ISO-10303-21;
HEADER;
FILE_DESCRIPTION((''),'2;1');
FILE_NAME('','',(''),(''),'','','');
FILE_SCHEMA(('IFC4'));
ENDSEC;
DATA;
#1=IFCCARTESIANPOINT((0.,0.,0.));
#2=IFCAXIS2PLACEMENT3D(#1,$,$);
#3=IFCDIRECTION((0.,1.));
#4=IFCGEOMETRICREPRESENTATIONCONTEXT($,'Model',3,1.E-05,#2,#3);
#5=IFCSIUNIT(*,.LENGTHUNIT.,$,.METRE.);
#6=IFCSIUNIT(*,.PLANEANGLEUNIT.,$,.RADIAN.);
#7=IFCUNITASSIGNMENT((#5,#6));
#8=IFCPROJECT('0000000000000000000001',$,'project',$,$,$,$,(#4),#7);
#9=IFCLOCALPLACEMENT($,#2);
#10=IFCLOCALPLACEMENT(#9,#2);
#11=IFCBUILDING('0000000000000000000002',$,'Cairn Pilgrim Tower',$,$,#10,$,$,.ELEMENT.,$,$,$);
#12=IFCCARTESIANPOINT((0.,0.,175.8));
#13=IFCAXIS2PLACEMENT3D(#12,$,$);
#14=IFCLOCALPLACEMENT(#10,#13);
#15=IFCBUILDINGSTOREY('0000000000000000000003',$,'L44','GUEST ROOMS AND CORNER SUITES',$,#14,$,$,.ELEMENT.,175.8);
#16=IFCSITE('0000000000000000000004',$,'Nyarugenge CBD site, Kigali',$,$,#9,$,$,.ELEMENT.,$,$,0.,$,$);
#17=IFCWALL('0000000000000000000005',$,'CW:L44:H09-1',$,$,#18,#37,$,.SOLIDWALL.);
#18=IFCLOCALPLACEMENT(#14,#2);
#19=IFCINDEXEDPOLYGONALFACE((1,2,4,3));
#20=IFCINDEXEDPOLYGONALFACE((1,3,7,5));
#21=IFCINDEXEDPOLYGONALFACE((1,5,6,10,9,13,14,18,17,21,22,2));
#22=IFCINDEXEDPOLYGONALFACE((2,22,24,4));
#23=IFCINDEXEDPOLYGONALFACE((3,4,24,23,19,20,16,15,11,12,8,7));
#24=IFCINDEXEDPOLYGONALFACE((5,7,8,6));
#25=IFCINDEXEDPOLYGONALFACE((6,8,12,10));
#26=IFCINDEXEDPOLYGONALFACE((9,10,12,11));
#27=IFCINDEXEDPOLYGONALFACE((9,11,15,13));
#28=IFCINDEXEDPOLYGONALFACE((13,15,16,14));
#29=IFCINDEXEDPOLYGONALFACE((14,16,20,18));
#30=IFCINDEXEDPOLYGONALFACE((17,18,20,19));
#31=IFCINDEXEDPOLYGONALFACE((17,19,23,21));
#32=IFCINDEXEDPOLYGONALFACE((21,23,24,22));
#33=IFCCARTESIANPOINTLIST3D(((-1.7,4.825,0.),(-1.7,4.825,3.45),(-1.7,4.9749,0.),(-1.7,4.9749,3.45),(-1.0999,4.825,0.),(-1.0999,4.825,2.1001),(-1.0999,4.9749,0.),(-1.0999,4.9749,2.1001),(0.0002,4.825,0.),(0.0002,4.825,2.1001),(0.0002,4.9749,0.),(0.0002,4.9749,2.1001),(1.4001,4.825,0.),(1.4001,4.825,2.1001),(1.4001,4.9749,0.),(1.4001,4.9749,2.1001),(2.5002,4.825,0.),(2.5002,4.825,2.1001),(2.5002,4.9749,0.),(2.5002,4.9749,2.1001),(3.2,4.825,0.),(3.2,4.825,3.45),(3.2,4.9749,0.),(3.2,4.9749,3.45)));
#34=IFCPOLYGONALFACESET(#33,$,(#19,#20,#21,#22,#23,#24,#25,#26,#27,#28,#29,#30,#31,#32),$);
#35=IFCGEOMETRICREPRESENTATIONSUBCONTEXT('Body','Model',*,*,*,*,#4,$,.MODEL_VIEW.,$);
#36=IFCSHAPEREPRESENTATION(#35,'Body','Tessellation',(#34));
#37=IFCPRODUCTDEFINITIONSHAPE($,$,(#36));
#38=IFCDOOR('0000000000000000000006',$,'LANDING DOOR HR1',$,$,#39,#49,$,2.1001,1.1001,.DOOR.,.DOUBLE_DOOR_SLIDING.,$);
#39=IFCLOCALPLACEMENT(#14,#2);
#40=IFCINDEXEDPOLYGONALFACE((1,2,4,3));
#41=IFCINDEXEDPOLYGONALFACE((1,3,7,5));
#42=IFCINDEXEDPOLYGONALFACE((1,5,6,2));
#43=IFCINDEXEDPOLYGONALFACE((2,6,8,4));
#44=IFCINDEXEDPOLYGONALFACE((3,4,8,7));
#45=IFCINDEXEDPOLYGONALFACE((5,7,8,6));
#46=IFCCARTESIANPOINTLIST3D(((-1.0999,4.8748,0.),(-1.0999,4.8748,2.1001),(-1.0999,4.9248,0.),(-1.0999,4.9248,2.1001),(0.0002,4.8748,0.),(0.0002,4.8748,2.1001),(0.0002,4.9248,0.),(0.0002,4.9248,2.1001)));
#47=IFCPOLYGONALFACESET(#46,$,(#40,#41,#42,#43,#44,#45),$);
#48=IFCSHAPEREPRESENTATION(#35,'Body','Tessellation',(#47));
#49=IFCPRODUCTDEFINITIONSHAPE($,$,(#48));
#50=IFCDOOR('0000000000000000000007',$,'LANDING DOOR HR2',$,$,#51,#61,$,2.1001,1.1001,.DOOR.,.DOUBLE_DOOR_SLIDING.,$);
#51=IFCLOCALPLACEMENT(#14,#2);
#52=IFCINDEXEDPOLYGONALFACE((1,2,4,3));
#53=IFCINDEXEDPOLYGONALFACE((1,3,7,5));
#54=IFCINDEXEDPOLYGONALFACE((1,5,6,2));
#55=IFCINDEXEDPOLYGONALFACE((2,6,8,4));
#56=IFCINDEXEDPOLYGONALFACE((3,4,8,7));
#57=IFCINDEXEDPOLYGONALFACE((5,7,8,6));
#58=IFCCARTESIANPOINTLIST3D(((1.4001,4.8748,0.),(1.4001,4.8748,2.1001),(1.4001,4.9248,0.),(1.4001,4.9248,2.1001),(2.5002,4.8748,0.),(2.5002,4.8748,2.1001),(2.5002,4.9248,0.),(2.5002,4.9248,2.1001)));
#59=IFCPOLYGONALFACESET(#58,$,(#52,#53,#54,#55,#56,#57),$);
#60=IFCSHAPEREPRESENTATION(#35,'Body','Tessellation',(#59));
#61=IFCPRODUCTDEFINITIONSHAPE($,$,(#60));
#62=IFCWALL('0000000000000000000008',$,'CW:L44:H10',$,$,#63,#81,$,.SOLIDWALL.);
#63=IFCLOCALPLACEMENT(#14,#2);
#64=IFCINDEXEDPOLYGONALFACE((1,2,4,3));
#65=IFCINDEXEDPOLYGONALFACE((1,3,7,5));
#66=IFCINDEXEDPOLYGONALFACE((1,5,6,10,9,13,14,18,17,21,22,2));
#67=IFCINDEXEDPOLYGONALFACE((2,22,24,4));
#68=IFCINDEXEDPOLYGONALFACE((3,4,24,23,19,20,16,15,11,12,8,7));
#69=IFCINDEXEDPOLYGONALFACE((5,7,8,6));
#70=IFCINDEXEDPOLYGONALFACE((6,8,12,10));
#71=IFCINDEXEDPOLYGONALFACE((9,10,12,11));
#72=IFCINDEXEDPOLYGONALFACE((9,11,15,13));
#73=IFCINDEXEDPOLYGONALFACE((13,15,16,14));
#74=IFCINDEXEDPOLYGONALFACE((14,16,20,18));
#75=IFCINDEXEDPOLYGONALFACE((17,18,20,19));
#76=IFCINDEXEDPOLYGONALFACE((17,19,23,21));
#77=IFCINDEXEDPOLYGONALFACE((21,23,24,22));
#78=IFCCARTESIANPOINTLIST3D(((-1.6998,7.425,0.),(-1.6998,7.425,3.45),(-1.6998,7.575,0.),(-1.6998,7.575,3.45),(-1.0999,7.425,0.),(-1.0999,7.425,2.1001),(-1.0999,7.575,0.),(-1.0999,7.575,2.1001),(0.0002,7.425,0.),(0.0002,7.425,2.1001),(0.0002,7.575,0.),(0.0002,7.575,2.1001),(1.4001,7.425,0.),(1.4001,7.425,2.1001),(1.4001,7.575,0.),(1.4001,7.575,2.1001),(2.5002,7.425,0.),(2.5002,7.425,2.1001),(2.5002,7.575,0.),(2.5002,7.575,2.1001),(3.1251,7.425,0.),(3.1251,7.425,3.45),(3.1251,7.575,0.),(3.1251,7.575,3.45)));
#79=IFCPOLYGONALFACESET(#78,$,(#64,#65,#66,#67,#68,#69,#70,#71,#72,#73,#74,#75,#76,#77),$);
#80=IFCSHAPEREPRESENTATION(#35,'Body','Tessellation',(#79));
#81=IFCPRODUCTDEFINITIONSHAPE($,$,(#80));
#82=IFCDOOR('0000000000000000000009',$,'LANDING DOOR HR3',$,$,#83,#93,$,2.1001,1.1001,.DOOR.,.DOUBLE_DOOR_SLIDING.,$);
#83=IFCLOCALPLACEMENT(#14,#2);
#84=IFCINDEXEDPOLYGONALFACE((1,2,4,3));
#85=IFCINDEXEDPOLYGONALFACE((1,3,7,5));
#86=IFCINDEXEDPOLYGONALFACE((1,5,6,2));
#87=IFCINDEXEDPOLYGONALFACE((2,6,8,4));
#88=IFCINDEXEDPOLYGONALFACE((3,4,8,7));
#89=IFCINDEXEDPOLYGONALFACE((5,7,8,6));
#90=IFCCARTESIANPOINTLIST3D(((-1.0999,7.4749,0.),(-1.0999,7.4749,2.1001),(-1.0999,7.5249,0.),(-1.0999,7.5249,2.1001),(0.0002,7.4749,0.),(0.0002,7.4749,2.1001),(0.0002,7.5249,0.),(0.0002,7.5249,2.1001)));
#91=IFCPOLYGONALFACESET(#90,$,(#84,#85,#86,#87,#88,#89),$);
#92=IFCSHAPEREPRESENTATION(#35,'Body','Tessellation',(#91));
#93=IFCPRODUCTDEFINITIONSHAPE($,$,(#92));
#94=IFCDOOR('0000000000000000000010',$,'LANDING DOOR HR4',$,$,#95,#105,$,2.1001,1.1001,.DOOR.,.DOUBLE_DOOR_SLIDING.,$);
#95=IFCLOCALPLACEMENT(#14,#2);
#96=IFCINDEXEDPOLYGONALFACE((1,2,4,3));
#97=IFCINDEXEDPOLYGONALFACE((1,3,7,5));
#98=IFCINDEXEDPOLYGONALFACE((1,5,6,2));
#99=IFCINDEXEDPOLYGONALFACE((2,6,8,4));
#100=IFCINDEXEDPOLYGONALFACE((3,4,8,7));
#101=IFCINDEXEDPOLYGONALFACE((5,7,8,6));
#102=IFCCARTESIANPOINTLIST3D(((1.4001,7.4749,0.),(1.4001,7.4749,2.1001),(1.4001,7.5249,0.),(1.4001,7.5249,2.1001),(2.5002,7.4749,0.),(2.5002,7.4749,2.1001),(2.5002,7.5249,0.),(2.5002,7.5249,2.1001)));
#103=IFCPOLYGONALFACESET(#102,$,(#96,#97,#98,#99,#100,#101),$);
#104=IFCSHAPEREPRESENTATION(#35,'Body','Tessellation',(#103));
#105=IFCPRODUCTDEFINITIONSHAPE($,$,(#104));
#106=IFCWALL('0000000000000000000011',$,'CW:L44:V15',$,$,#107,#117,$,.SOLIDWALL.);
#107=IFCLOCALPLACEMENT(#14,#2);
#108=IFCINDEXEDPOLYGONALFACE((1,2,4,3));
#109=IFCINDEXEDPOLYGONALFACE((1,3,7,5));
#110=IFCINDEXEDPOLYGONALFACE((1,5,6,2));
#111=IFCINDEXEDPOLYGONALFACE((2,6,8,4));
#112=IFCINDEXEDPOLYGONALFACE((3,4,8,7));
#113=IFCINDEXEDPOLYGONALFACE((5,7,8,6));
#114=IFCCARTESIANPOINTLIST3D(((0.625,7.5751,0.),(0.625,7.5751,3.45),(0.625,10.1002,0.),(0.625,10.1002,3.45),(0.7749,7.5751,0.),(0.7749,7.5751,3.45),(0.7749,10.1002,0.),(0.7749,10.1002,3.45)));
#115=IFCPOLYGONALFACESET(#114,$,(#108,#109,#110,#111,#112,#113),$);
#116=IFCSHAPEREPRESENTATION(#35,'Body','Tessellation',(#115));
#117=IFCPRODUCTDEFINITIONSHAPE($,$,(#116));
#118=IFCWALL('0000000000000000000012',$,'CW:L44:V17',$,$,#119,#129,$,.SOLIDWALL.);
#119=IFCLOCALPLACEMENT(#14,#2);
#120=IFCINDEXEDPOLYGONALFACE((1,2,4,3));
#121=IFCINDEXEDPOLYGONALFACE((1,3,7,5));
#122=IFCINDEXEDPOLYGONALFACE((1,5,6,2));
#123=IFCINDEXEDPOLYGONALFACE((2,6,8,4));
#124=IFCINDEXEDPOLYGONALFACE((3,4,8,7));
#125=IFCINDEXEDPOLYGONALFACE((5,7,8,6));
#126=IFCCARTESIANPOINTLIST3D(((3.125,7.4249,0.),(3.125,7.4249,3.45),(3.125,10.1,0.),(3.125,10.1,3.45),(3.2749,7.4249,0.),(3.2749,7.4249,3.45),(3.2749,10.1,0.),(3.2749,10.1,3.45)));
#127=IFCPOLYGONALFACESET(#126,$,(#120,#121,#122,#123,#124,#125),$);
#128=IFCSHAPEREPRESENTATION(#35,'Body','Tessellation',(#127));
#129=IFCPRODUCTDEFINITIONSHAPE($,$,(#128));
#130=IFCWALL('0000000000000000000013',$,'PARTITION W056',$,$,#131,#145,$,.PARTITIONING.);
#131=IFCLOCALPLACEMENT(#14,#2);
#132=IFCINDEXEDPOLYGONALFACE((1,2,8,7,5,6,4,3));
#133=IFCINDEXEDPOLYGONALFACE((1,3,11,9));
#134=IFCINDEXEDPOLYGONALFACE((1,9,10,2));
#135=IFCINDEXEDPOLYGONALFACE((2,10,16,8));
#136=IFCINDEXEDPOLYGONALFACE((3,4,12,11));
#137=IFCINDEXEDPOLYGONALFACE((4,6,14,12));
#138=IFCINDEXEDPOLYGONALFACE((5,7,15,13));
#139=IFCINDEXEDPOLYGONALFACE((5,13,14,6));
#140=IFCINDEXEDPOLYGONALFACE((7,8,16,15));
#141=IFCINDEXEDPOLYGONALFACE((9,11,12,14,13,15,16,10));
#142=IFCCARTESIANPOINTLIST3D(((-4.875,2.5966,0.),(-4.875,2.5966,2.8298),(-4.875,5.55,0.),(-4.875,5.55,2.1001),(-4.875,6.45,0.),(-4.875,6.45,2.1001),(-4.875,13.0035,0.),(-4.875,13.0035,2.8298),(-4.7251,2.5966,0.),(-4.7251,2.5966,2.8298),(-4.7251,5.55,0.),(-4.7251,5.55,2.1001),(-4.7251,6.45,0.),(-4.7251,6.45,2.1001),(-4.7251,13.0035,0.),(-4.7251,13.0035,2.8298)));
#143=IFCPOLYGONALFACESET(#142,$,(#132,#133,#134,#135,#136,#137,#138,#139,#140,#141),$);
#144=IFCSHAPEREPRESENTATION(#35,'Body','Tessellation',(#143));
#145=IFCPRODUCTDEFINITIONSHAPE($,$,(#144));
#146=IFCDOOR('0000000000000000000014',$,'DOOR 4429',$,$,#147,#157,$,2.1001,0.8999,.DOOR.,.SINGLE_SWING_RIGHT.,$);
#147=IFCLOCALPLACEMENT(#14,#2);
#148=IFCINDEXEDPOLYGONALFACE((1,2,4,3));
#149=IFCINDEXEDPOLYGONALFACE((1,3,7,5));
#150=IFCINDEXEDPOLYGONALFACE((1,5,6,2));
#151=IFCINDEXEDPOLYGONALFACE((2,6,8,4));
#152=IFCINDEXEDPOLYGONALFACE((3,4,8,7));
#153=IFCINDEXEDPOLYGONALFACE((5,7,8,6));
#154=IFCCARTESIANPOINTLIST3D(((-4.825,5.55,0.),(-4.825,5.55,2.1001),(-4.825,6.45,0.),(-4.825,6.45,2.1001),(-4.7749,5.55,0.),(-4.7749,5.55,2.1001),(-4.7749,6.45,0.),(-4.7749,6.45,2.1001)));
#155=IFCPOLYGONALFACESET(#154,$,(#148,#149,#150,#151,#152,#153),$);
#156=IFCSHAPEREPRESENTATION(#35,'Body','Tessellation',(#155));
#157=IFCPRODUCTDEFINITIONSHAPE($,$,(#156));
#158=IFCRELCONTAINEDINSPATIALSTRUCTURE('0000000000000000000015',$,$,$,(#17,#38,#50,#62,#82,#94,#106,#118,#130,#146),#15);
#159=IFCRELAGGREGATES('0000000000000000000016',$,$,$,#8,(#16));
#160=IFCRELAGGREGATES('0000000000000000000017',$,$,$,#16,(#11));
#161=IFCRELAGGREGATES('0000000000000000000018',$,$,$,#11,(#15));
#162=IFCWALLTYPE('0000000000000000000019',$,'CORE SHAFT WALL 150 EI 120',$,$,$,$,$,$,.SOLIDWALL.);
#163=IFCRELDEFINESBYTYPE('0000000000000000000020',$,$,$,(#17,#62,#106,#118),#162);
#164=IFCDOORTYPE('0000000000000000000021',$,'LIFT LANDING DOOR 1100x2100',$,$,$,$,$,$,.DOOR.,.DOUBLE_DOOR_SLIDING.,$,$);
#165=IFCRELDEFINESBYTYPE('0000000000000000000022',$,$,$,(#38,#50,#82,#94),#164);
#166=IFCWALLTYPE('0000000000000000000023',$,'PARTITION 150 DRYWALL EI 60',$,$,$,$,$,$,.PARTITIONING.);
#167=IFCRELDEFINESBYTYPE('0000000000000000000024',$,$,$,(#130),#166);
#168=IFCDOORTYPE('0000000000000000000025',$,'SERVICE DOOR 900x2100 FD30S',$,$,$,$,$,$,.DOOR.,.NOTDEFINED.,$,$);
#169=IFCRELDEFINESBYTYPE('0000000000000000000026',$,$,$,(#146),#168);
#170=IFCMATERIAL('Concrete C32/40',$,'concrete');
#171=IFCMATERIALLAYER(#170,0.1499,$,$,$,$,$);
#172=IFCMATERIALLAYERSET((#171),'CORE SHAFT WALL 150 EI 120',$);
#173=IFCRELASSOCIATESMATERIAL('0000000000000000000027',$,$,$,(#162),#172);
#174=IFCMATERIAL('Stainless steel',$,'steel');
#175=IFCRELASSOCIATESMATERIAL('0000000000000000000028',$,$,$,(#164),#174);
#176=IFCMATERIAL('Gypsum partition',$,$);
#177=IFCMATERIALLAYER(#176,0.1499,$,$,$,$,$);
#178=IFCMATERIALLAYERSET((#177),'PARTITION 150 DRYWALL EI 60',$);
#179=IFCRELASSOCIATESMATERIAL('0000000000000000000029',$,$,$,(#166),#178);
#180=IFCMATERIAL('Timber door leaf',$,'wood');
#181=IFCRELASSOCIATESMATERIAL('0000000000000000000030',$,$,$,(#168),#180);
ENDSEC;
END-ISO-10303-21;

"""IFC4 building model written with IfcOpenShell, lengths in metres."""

from ifc_helpers import new_model, si_unit, direction, frame, frame_2d, origin, place, context, subcontext, project, spatial, rectangle, extrude, material, layer, layer_set, type_object, element, fill, save


model = new_model("IFC4")

# Units and contexts
model_context = context("Model", 3, precision=1e-05, world=origin(), true_north=direction((0.0, 1.0)))
body_context = subcontext(model_context, "Body", "Model", "MODEL_VIEW")
ifc_project = project(units=[si_unit("LENGTHUNIT", "METRE"), si_unit("PLANEANGLEUNIT", "RADIAN")], contexts=[model_context])

# Site, building, storey
site_placement = place(None, origin())
site = spatial("IfcSite", under=ifc_project, at=site_placement, Name="Nyarugenge CBD site, Kigali", CompositionType="ELEMENT", RefElevation=0.0)
building_placement = place(site_placement, origin())
building = spatial("IfcBuilding", under=site, at=building_placement, Name="Cairn Pilgrim Tower", CompositionType="ELEMENT")
storey_placement = place(building_placement, frame((0.0, 0.0, 175.8)))
storey = spatial("IfcBuildingStorey", under=building, at=storey_placement, Name="L44", Description="GUEST ROOMS AND CORNER SUITES", CompositionType="ELEMENT", Elevation=175.8)

# Shared definitions
ifc_material_1 = material(Name="Concrete C32/40", Category="concrete")

# Walls, openings, doors
ifc_layer_1 = layer(ifc_material_1, 0.1499)
ifc_layer_set_1 = layer_set([ifc_layer_1], Name="CORE SHAFT WALL 150 EI 120")
wall_type_1 = type_object("IfcWallType", Name="CORE SHAFT WALL 150 EI 120", PredefinedType="SOLIDWALL", material=ifc_layer_set_1)
wall_1_placement = place(storey_placement, frame((-1.7, 4.8999, 0.0), z_axis=(0.0, 0.0, 1.0), x_axis=(1.0, 0.0, 0.0)))
wall_1 = element("IfcWall", 1, at=wall_1_placement, inside=storey, type_object=wall_type_1, Name="CW:L44:H09-1", PredefinedType="SOLIDWALL", context=body_context, shape_type="SweptSolid", body=[
    extrude(rectangle(XDim=4.8999, YDim=0.1499, at=frame_2d((2.45, 0.0))), origin(), (0.0, 0.0, 1.0), 3.45),
])
opening_1_placement = place(wall_1_placement, frame((0.6001, 0.0, 0.0)))
opening_1 = element("IfcOpeningElement", 2, at=opening_1_placement, cuts=wall_1, PredefinedType="OPENING", context=body_context, shape_type="SweptSolid", body=[
    extrude(rectangle(XDim=1.1001, YDim=2.1001, at=frame_2d((0.55, 1.05))), frame((0.0, 0.085, 0.0), z_axis=(0.0, -1.0, 0.0), x_axis=(1.0, 0.0, 0.0)), (0.0, 0.0, 1.0), 0.1699),
])
opening_2_placement = place(wall_1_placement, frame((3.1001, 0.0, 0.0)))
opening_2 = element("IfcOpeningElement", 3, at=opening_2_placement, cuts=wall_1, PredefinedType="OPENING", context=body_context, shape_type="SweptSolid", body=[
    extrude(rectangle(XDim=1.1001, YDim=2.1001, at=frame_2d((0.55, 1.05))), frame((0.0, 0.085, 0.0), z_axis=(0.0, -1.0, 0.0), x_axis=(1.0, 0.0, 0.0)), (0.0, 0.0, 1.0), 0.1699),
])
ifc_material_2 = material(Name="Stainless steel", Category="steel")
door_type_1 = type_object("IfcDoorType", Name="LIFT LANDING DOOR 1100x2100", OperationType="DOUBLE_DOOR_SLIDING", PredefinedType="DOOR", material=ifc_material_2)
door_1_placement = place(opening_1_placement, origin())
door_1 = element("IfcDoor", 4, at=door_1_placement, inside=storey, type_object=door_type_1, Name="LANDING DOOR HR1", OperationType="DOUBLE_DOOR_SLIDING", OverallHeight=2.1001, OverallWidth=1.1001, PredefinedType="DOOR", context=body_context, shape_type="SweptSolid", body=[
    extrude(rectangle(XDim=1.1001, YDim=2.1001, at=frame_2d((0.55, 1.05))), frame((0.0, 0.0249, 0.0), z_axis=(0.0, -1.0, 0.0), x_axis=(1.0, 0.0, 0.0)), (0.0, 0.0, 1.0), 0.05),
])
fill(opening_1, door_1)
door_2_placement = place(opening_2_placement, origin())
door_2 = element("IfcDoor", 5, at=door_2_placement, inside=storey, type_object=door_type_1, Name="LANDING DOOR HR2", OperationType="DOUBLE_DOOR_SLIDING", OverallHeight=2.1001, OverallWidth=1.1001, PredefinedType="DOOR", context=body_context, shape_type="SweptSolid", body=[
    extrude(rectangle(XDim=1.1001, YDim=2.1001, at=frame_2d((0.55, 1.05))), frame((0.0, 0.0249, 0.0), z_axis=(0.0, -1.0, 0.0), x_axis=(1.0, 0.0, 0.0)), (0.0, 0.0, 1.0), 0.05),
])
fill(opening_2, door_2)
wall_2_placement = place(storey_placement, frame((-1.7, 7.5, 0.0), z_axis=(0.0, 0.0, 1.0), x_axis=(1.0, 0.0, 0.0)))
wall_2 = element("IfcWall", 6, at=wall_2_placement, inside=storey, type_object=wall_type_1, Name="CW:L44:H10", PredefinedType="SOLIDWALL", context=body_context, shape_type="SweptSolid", body=[
    extrude(rectangle(XDim=4.825, YDim=0.1499, at=frame_2d((2.4126, 0.0))), origin(), (0.0, 0.0, 1.0), 3.45),
])
opening_3_placement = place(wall_2_placement, frame((0.6001, 0.0, 0.0)))
opening_3 = element("IfcOpeningElement", 7, at=opening_3_placement, cuts=wall_2, PredefinedType="OPENING", context=body_context, shape_type="SweptSolid", body=[
    extrude(rectangle(XDim=1.1001, YDim=2.1001, at=frame_2d((0.55, 1.05))), frame((0.0, 0.085, 0.0), z_axis=(0.0, -1.0, 0.0), x_axis=(1.0, 0.0, 0.0)), (0.0, 0.0, 1.0), 0.1699),
])
opening_4_placement = place(wall_2_placement, frame((3.1001, 0.0, 0.0)))
opening_4 = element("IfcOpeningElement", 8, at=opening_4_placement, cuts=wall_2, PredefinedType="OPENING", context=body_context, shape_type="SweptSolid", body=[
    extrude(rectangle(XDim=1.1001, YDim=2.1001, at=frame_2d((0.55, 1.05))), frame((0.0, 0.085, 0.0), z_axis=(0.0, -1.0, 0.0), x_axis=(1.0, 0.0, 0.0)), (0.0, 0.0, 1.0), 0.1699),
])
door_3_placement = place(opening_3_placement, origin())
door_3 = element("IfcDoor", 9, at=door_3_placement, inside=storey, type_object=door_type_1, Name="LANDING DOOR HR3", OperationType="DOUBLE_DOOR_SLIDING", OverallHeight=2.1001, OverallWidth=1.1001, PredefinedType="DOOR", context=body_context, shape_type="SweptSolid", body=[
    extrude(rectangle(XDim=1.1001, YDim=2.1001, at=frame_2d((0.55, 1.05))), frame((0.0, 0.0249, 0.0), z_axis=(0.0, -1.0, 0.0), x_axis=(1.0, 0.0, 0.0)), (0.0, 0.0, 1.0), 0.05),
])
fill(opening_3, door_3)
door_4_placement = place(opening_4_placement, origin())
door_4 = element("IfcDoor", 10, at=door_4_placement, inside=storey, type_object=door_type_1, Name="LANDING DOOR HR4", OperationType="DOUBLE_DOOR_SLIDING", OverallHeight=2.1001, OverallWidth=1.1001, PredefinedType="DOOR", context=body_context, shape_type="SweptSolid", body=[
    extrude(rectangle(XDim=1.1001, YDim=2.1001, at=frame_2d((0.55, 1.05))), frame((0.0, 0.0249, 0.0), z_axis=(0.0, -1.0, 0.0), x_axis=(1.0, 0.0, 0.0)), (0.0, 0.0, 1.0), 0.05),
])
fill(opening_4, door_4)

# Walls
wall_3_placement = place(storey_placement, frame((0.7, 7.575, 0.0), z_axis=(0.0, 0.0, 1.0), x_axis=(0.0, 1.0, 0.0)))
element("IfcWall", 11, at=wall_3_placement, inside=storey, type_object=wall_type_1, Name="CW:L44:V15", PredefinedType="SOLIDWALL", context=body_context, shape_type="SweptSolid", body=[
    extrude(rectangle(XDim=2.5251, YDim=0.1499, at=frame_2d((1.2627, 0.0))), origin(), (0.0, 0.0, 1.0), 3.45),
])
wall_4_placement = place(storey_placement, frame((3.2, 7.425, 0.0), z_axis=(0.0, 0.0, 1.0), x_axis=(0.0, 1.0, 0.0)))
element("IfcWall", 12, at=wall_4_placement, inside=storey, type_object=wall_type_1, Name="CW:L44:V17", PredefinedType="SOLIDWALL", context=body_context, shape_type="SweptSolid", body=[
    extrude(rectangle(XDim=2.675, YDim=0.1499, at=frame_2d((1.3374, 0.0))), origin(), (0.0, 0.0, 1.0), 3.45),
])

# Wall, opening, door
ifc_material_3 = material(Name="Gypsum partition")
ifc_layer_2 = layer(ifc_material_3, 0.1499)
ifc_layer_set_2 = layer_set([ifc_layer_2], Name="PARTITION 150 DRYWALL EI 60")
wall_type_2 = type_object("IfcWallType", Name="PARTITION 150 DRYWALL EI 60", PredefinedType="PARTITIONING", material=ifc_layer_set_2)
wall_5_placement = place(storey_placement, frame((-4.8, 2.5964, 0.0), z_axis=(0.0, 0.0, 1.0), x_axis=(0.0, 1.0, 0.0)))
wall_5 = element("IfcWall", 13, at=wall_5_placement, inside=storey, type_object=wall_type_2, Name="PARTITION W056", PredefinedType="PARTITIONING", context=body_context, shape_type="SweptSolid", body=[
    extrude(rectangle(XDim=10.407, YDim=0.1499, at=frame_2d((5.2036, 0.0))), origin(), (0.0, 0.0, 1.0), 2.8298),
])
opening_5_placement = place(wall_5_placement, frame((2.9536, 0.0, 0.0)))
opening_5 = element("IfcOpeningElement", 14, at=opening_5_placement, cuts=wall_5, PredefinedType="OPENING", context=body_context, shape_type="SweptSolid", body=[
    extrude(rectangle(XDim=0.8999, YDim=2.1001, at=frame_2d((0.45, 1.05))), frame((0.0, 0.085, 0.0), z_axis=(0.0, -1.0, 0.0), x_axis=(1.0, 0.0, 0.0)), (0.0, 0.0, 1.0), 0.1699),
])
ifc_material_4 = material(Name="Timber door leaf", Category="wood")
door_type_2 = type_object("IfcDoorType", Name="SERVICE DOOR 900x2100 FD30S", OperationType="NOTDEFINED", PredefinedType="DOOR", material=ifc_material_4)
door_5_placement = place(opening_5_placement, origin())
door_5 = element("IfcDoor", 15, at=door_5_placement, inside=storey, type_object=door_type_2, Name="DOOR 4429", OperationType="SINGLE_SWING_RIGHT", OverallHeight=2.1001, OverallWidth=0.8999, PredefinedType="DOOR", context=body_context, shape_type="SweptSolid", body=[
    extrude(rectangle(XDim=0.8999, YDim=2.1001, at=frame_2d((0.45, 1.05))), frame((0.0, 0.0249, 0.0), z_axis=(0.0, -1.0, 0.0), x_axis=(1.0, 0.0, 0.0)), (0.0, 0.0, 1.0), 0.05),
])
fill(opening_5, door_5)

save(model, "model.ifc")
